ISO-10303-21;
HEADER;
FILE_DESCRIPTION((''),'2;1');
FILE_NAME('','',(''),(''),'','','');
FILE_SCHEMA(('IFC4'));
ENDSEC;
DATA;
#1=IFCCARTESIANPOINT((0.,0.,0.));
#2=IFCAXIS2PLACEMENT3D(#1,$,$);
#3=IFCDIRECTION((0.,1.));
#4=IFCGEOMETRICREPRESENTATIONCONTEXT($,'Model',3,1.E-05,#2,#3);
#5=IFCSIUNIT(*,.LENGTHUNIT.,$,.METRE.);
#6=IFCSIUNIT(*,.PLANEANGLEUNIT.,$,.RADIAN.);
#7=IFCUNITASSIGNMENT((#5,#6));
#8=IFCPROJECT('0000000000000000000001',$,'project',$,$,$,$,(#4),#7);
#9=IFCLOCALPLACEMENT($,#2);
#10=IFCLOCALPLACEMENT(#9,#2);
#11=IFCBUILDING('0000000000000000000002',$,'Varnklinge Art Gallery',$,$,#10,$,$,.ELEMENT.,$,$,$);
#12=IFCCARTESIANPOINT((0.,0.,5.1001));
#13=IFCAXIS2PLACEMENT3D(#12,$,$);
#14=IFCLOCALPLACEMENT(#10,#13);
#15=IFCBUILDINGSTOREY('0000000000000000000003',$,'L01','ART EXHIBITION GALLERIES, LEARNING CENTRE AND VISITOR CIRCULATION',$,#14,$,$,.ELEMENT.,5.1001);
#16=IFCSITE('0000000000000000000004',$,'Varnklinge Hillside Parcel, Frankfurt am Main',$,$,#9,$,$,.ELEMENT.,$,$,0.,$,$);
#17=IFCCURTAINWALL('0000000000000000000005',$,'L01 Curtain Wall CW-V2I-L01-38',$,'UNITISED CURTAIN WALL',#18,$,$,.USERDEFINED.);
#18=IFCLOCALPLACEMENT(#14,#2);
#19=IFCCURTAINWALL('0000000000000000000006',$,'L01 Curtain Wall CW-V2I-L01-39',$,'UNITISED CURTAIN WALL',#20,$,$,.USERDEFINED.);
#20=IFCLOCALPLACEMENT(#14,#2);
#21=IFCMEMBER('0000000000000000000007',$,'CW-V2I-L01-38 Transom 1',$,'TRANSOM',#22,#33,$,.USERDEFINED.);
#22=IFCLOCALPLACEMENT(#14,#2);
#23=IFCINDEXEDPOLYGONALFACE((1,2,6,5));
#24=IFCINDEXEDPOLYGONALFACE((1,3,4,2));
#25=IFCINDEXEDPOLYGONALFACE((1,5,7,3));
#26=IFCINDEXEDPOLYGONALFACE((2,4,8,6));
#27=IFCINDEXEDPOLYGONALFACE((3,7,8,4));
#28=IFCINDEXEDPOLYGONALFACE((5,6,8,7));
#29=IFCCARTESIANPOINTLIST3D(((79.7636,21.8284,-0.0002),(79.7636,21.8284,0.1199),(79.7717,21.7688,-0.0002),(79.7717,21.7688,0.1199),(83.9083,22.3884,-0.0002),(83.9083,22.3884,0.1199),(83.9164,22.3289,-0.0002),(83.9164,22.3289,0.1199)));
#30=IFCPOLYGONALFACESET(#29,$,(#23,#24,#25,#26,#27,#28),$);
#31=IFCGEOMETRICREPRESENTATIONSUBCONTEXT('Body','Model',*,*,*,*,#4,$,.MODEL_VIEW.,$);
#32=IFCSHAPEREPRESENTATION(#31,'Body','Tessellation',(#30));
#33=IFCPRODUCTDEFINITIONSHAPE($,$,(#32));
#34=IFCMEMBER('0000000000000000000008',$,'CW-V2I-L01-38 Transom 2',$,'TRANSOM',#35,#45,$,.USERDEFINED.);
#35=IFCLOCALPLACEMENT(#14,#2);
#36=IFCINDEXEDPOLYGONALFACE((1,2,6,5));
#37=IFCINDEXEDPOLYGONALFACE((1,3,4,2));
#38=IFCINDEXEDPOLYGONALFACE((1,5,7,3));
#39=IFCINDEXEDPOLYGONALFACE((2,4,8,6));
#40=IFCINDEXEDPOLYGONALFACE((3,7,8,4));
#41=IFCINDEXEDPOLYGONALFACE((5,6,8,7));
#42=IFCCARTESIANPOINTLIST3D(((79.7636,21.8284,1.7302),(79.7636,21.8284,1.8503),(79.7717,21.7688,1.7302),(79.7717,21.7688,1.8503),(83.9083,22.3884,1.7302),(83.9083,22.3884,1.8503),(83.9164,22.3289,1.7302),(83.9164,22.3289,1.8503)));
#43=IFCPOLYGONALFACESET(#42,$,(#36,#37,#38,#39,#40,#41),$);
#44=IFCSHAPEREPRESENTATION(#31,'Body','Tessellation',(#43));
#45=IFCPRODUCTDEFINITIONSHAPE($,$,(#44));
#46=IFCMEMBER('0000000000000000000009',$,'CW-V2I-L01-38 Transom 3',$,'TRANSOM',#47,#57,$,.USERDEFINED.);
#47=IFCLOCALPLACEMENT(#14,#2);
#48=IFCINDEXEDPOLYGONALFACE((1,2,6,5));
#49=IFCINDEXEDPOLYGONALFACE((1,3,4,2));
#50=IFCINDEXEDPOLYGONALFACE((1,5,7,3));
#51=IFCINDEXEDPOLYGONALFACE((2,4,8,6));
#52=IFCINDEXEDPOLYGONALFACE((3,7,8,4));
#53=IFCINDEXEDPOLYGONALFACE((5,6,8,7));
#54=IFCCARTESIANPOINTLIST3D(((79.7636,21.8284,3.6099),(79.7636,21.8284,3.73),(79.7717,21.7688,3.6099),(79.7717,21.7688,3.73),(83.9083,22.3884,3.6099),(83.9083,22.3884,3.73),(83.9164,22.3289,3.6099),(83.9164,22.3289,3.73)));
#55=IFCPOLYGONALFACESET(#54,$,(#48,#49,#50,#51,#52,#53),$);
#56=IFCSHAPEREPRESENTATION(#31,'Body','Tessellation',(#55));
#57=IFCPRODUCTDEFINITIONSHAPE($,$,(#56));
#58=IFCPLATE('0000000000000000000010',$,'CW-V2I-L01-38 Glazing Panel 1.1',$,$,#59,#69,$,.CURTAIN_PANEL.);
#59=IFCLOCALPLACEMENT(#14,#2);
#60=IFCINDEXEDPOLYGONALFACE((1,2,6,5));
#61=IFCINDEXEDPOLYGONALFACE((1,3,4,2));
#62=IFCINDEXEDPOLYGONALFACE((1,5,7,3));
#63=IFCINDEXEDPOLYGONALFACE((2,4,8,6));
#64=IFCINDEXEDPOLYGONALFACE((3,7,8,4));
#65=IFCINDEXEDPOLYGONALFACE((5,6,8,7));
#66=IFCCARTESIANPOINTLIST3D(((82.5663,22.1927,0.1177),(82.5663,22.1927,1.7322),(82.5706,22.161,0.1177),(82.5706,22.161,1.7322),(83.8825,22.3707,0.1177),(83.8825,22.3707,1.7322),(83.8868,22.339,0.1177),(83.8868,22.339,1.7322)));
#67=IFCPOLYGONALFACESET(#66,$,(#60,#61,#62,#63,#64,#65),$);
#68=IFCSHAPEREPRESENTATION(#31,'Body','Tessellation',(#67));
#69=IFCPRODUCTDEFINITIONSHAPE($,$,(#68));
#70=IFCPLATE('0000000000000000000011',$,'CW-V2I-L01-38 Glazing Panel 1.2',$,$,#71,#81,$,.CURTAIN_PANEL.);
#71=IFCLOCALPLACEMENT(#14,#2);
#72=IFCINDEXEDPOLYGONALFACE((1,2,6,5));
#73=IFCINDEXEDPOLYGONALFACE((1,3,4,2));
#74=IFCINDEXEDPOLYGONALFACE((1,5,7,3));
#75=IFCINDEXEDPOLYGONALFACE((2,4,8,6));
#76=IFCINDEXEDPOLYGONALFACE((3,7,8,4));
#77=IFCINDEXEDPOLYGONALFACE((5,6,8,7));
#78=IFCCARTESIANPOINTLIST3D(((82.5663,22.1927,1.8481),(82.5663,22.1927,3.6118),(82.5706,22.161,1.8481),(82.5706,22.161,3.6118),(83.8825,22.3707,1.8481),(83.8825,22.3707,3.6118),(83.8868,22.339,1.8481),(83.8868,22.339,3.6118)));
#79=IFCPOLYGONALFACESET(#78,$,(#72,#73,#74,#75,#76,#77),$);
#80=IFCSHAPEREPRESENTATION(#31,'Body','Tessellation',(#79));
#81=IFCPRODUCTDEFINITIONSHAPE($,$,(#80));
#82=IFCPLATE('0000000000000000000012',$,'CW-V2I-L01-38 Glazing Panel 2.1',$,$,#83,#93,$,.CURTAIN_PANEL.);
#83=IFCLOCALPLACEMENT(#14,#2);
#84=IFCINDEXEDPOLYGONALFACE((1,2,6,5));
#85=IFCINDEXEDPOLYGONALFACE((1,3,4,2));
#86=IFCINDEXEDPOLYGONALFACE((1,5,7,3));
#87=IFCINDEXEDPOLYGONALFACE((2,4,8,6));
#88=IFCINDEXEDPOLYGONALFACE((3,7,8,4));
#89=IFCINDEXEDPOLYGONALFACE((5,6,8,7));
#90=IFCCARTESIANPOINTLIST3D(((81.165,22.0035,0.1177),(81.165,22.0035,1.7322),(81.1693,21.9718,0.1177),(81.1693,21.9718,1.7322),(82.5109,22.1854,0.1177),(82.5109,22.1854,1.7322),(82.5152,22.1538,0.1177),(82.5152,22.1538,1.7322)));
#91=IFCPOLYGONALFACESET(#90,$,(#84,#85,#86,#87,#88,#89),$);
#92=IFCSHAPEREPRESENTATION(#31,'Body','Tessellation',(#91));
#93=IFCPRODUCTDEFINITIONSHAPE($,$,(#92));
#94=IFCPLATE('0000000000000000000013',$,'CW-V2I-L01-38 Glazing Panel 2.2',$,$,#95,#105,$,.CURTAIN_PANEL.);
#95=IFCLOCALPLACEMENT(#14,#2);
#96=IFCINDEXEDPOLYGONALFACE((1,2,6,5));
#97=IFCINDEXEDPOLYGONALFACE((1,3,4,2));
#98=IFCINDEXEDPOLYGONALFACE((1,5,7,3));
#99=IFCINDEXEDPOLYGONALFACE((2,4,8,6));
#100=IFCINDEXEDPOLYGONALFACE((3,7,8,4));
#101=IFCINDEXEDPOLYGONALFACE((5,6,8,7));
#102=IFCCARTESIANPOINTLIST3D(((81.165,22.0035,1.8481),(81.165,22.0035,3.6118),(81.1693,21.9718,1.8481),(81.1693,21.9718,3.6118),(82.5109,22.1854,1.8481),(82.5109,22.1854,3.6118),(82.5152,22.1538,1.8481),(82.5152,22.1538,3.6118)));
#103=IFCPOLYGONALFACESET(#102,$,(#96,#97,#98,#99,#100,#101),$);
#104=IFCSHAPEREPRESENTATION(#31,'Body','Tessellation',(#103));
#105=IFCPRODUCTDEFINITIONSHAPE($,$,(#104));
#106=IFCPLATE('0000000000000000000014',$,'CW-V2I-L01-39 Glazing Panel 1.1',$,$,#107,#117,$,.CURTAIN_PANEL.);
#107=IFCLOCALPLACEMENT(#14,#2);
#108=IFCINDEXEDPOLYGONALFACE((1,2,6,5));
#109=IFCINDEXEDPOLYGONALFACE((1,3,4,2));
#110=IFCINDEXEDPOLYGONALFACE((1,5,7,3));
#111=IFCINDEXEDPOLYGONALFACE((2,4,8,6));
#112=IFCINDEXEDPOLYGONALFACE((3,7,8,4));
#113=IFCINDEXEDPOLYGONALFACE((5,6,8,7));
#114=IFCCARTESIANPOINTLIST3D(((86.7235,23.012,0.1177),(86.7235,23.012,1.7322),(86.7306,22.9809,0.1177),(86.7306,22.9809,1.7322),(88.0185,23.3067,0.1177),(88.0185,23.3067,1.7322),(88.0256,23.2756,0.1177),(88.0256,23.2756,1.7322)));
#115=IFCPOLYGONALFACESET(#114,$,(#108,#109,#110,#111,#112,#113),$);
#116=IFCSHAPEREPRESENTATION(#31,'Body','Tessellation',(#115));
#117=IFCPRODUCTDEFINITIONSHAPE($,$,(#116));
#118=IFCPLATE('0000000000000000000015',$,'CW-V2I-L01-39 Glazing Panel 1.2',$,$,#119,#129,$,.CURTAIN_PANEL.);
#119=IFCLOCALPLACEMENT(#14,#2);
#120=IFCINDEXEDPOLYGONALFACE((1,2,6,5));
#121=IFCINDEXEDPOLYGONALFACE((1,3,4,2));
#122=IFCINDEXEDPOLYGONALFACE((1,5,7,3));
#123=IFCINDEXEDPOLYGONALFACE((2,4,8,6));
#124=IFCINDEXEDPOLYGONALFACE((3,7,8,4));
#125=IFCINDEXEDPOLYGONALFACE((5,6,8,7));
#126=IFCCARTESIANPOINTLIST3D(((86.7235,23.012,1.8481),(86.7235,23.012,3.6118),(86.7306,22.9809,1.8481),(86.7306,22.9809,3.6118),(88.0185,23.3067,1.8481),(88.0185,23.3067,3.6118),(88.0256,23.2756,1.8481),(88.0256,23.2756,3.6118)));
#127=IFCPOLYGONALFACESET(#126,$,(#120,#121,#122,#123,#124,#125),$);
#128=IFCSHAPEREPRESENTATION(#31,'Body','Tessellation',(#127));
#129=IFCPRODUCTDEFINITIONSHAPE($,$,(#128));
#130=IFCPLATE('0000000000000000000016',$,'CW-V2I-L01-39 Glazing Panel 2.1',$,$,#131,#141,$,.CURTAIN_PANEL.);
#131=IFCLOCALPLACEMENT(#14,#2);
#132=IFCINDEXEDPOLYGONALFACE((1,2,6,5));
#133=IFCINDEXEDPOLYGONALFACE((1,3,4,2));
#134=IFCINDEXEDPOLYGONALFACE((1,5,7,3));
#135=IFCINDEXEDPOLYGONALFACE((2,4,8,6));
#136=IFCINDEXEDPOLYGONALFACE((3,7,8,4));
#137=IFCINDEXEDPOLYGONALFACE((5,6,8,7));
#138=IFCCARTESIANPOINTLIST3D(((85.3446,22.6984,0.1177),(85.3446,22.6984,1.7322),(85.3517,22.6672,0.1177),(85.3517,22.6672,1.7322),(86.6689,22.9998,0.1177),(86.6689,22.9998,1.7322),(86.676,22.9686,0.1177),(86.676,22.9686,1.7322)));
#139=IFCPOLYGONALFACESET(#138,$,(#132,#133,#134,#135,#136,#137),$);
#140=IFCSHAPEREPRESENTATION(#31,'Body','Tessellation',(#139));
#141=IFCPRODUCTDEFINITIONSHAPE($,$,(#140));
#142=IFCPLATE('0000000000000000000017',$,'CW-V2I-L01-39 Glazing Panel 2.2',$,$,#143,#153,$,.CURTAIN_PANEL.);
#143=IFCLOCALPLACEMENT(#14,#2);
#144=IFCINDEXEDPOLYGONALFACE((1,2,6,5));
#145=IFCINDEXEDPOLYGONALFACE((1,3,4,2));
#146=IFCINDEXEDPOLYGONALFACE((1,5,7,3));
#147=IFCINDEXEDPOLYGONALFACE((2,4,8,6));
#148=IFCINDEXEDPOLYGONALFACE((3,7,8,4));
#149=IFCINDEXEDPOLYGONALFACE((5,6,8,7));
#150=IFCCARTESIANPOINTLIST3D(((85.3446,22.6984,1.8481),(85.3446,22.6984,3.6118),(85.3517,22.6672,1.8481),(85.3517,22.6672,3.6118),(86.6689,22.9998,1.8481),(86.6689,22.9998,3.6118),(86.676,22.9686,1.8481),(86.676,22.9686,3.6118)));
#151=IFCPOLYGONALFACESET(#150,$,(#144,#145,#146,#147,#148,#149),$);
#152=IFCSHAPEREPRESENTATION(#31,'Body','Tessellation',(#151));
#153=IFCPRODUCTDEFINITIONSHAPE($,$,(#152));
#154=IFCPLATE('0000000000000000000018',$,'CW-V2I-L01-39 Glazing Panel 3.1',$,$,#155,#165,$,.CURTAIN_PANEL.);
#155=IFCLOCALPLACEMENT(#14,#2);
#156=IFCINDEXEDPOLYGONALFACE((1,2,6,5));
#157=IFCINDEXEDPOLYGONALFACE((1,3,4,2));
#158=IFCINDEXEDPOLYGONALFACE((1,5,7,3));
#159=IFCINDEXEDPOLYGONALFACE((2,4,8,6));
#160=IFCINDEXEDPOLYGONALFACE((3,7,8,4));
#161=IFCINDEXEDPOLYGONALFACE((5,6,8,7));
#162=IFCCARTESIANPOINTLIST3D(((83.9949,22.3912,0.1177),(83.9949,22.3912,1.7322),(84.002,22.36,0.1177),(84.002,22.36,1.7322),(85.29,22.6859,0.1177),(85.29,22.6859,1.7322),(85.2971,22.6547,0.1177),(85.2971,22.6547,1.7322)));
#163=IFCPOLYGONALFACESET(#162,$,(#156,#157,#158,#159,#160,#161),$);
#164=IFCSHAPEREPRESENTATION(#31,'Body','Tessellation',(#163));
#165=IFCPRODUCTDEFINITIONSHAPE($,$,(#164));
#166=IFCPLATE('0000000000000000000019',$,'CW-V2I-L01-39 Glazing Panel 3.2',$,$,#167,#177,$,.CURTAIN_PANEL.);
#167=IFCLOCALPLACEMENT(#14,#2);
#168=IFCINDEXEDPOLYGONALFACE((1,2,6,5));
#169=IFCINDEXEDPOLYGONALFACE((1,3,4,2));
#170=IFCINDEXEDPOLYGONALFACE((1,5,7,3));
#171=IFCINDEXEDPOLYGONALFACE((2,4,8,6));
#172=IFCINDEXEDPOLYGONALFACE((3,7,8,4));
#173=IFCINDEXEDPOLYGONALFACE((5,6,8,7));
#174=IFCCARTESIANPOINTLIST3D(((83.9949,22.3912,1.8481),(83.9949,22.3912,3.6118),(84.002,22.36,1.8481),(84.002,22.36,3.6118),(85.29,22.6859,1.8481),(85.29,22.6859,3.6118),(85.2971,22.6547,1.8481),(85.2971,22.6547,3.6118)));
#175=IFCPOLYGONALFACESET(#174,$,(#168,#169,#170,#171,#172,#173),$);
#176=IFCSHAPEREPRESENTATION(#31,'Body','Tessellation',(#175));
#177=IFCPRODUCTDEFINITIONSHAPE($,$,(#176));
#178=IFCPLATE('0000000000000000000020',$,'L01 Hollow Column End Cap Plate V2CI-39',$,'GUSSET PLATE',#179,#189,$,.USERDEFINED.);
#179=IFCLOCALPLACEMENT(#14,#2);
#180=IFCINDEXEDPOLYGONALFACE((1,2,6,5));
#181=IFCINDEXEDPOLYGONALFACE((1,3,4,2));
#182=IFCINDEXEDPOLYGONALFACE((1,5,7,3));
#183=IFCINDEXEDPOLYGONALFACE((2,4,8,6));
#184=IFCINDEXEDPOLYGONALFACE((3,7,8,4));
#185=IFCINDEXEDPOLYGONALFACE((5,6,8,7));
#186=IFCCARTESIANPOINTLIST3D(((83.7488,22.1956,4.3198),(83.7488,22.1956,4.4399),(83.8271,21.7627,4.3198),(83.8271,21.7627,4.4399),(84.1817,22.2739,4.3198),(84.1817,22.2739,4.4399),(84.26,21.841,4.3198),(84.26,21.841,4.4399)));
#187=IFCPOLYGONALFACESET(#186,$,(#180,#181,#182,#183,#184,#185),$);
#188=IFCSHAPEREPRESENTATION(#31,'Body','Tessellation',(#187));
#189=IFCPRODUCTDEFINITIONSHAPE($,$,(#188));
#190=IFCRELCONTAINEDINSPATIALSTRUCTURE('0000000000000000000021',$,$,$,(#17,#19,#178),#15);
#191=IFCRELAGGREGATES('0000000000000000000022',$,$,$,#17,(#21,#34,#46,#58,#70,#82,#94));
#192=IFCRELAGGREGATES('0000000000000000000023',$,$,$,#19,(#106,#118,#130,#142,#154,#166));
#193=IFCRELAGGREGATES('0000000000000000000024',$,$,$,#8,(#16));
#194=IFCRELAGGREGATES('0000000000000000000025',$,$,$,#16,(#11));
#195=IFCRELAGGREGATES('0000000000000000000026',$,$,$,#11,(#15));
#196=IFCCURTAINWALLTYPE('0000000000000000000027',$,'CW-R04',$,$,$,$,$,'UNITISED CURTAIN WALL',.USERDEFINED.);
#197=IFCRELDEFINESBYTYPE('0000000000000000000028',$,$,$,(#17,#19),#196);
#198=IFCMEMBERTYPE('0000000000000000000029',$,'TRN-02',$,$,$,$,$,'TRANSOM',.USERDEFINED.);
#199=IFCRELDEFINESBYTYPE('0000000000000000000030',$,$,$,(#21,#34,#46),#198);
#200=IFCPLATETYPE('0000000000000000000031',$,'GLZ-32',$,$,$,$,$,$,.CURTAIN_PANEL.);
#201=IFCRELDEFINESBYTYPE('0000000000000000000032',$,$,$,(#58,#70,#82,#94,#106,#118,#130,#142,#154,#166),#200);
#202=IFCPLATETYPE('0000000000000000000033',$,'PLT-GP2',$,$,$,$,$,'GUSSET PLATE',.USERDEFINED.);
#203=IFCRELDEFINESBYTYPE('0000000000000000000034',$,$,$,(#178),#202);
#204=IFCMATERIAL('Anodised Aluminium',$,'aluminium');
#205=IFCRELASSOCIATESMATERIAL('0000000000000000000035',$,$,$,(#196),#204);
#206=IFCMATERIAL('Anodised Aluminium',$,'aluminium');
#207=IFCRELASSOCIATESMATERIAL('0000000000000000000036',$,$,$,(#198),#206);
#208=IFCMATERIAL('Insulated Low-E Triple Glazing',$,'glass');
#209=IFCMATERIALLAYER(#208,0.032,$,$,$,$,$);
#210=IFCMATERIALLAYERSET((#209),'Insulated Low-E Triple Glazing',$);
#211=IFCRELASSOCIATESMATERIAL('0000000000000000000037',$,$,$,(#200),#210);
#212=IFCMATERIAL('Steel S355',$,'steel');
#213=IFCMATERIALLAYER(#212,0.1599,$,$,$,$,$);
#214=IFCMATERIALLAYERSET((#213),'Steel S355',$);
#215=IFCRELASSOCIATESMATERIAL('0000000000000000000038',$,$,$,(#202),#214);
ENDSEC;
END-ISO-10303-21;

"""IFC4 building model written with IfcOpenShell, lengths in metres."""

from ifc_helpers import new_model, si_unit, direction, frame, origin, origin_2d, place, context, subcontext, project, spatial, rectangle, extrude, material, layer, layer_set, material_profile, profile_set, type_object, element, aggregate, save


model = new_model("IFC4")

# Units and contexts
model_context = context("Model", 3, precision=1e-05, world=origin(), true_north=direction((0.0, 1.0)))
body_context = subcontext(model_context, "Body", "Model", "MODEL_VIEW")
ifc_project = project(units=[si_unit("LENGTHUNIT", "METRE"), si_unit("PLANEANGLEUNIT", "RADIAN")], contexts=[model_context])

# Site, building, storey
site_placement = place(None, origin())
site = spatial("IfcSite", under=ifc_project, at=site_placement, Name="Varnklinge Hillside Parcel, Frankfurt am Main", CompositionType="ELEMENT", RefElevation=0.0)
building_placement = place(site_placement, origin())
building = spatial("IfcBuilding", under=site, at=building_placement, Name="Varnklinge Art Gallery", CompositionType="ELEMENT")
storey_placement = place(building_placement, frame((0.0, 0.0, 5.1001)))
storey = spatial("IfcBuildingStorey", under=building, at=storey_placement, Name="L01", Description="ART EXHIBITION GALLERIES, LEARNING CENTRE AND VISITOR CIRCULATION", CompositionType="ELEMENT", Elevation=5.1001)

# Curtain walls
ifc_material_1 = material(Name="Anodised Aluminium", Category="aluminium")
curtain_wall_type = type_object("IfcCurtainWallType", Name="CW-R04", ElementType="UNITISED CURTAIN WALL", PredefinedType="USERDEFINED", material=ifc_material_1)
curtain_wall_1_placement = place(storey_placement, origin())
curtain_wall_1 = element("IfcCurtainWall", 1, at=curtain_wall_1_placement, inside=storey, type_object=curtain_wall_type, Name="L01 Curtain Wall CW-V2I-L01-38", ObjectType="UNITISED CURTAIN WALL", PredefinedType="USERDEFINED")
curtain_wall_2_placement = place(storey_placement, origin())
curtain_wall_2 = element("IfcCurtainWall", 2, at=curtain_wall_2_placement, inside=storey, type_object=curtain_wall_type, Name="L01 Curtain Wall CW-V2I-L01-39", ObjectType="UNITISED CURTAIN WALL", PredefinedType="USERDEFINED")

# Members
ifc_material_2 = material(Name="Anodised Aluminium", Category="aluminium")
ifc_material_profile_1 = material_profile(ifc_material_2, rectangle(XDim=0.0601, YDim=0.1201, at=origin_2d()), Name="ALU 60x120")
ifc_profile_set_1 = profile_set([ifc_material_profile_1], Name="Anodised Aluminium")
member_type_1 = type_object("IfcMemberType", Name="TRN-02", ElementType="TRANSOM", PredefinedType="USERDEFINED", material=ifc_profile_set_1)
member_1_placement = place(storey_placement, frame((83.9124, 22.3586, 0.0598), z_axis=(-0.990994, -0.133907, 0.0), x_axis=(0.133907, -0.990994, 0.0)))
member_1 = element("IfcMember", 3, at=member_1_placement, type_object=member_type_1, Name="CW-V2I-L01-38 Transom 1", ObjectType="TRANSOM", PredefinedType="USERDEFINED", context=body_context, shape_type="SweptSolid", body=[
    extrude(rectangle(XDim=0.0601, YDim=0.1201, at=origin_2d()), origin(), (0.0, 0.0, 1.0), 4.1824),
])
member_2_placement = place(storey_placement, frame((83.9124, 22.3586, 1.7903), z_axis=(-0.990994, -0.133907, 0.0), x_axis=(0.133907, -0.990994, 0.0)))
member_2 = element("IfcMember", 4, at=member_2_placement, type_object=member_type_1, Name="CW-V2I-L01-38 Transom 2", ObjectType="TRANSOM", PredefinedType="USERDEFINED", context=body_context, shape_type="SweptSolid", body=[
    extrude(rectangle(XDim=0.0601, YDim=0.1201, at=origin_2d()), origin(), (0.0, 0.0, 1.0), 4.1824),
])
member_3_placement = place(storey_placement, frame((83.9124, 22.3586, 3.6699), z_axis=(-0.990994, -0.133907, 0.0), x_axis=(0.133907, -0.990994, 0.0)))
member_3 = element("IfcMember", 5, at=member_3_placement, type_object=member_type_1, Name="CW-V2I-L01-38 Transom 3", ObjectType="TRANSOM", PredefinedType="USERDEFINED", context=body_context, shape_type="SweptSolid", body=[
    extrude(rectangle(XDim=0.0601, YDim=0.1201, at=origin_2d()), origin(), (0.0, 0.0, 1.0), 4.1824),
])

# Plates
ifc_material_3 = material(Name="Insulated Low-E Triple Glazing", Category="glass")
ifc_layer_1 = layer(ifc_material_3, 0.032)
ifc_layer_set_1 = layer_set([ifc_layer_1], Name="Insulated Low-E Triple Glazing")
plate_type_1 = type_object("IfcPlateType", Name="GLZ-32", PredefinedType="CURTAIN_PANEL", material=ifc_layer_set_1)
plate_1_placement = place(storey_placement, frame((83.2266, 22.2659, 0.1177), z_axis=(0.0, 0.0, 1.0), x_axis=(-0.990983, -0.133986, 0.0)))
plate_1 = element("IfcPlate", 6, at=plate_1_placement, type_object=plate_type_1, Name="CW-V2I-L01-38 Glazing Panel 1.1", PredefinedType="CURTAIN_PANEL", context=body_context, shape_type="SweptSolid", body=[
    extrude(rectangle(XDim=1.3281, YDim=0.032, at=origin_2d()), origin(), (0.0, 0.0, 1.0), 1.6145),
])
plate_2_placement = place(storey_placement, frame((83.2266, 22.2659, 1.8481), z_axis=(0.0, 0.0, 1.0), x_axis=(-0.990983, -0.133986, 0.0)))
plate_2 = element("IfcPlate", 7, at=plate_2_placement, type_object=plate_type_1, Name="CW-V2I-L01-38 Glazing Panel 1.2", PredefinedType="CURTAIN_PANEL", context=body_context, shape_type="SweptSolid", body=[
    extrude(rectangle(XDim=1.3281, YDim=0.032, at=origin_2d()), origin(), (0.0, 0.0, 1.0), 1.7637),
])
plate_3_placement = place(storey_placement, frame((81.8401, 22.0786, 0.1177), z_axis=(0.0, 0.0, 1.0), x_axis=(-0.990983, -0.133986, 0.0)))
plate_3 = element("IfcPlate", 8, at=plate_3_placement, type_object=plate_type_1, Name="CW-V2I-L01-38 Glazing Panel 2.1", PredefinedType="CURTAIN_PANEL", context=body_context, shape_type="SweptSolid", body=[
    extrude(rectangle(XDim=1.3582, YDim=0.032, at=origin_2d()), origin(), (0.0, 0.0, 1.0), 1.6145),
])
plate_4_placement = place(storey_placement, frame((81.8401, 22.0786, 1.8481), z_axis=(0.0, 0.0, 1.0), x_axis=(-0.990983, -0.133986, 0.0)))
plate_4 = element("IfcPlate", 9, at=plate_4_placement, type_object=plate_type_1, Name="CW-V2I-L01-38 Glazing Panel 2.2", PredefinedType="CURTAIN_PANEL", context=body_context, shape_type="SweptSolid", body=[
    extrude(rectangle(XDim=1.3582, YDim=0.032, at=origin_2d()), origin(), (0.0, 0.0, 1.0), 1.7637),
])
aggregate(curtain_wall_1, [member_1, member_2, member_3, plate_1, plate_2, plate_3, plate_4])
plate_5_placement = place(storey_placement, frame((87.3745, 23.1438, 0.1177), z_axis=(0.0, 0.0, 1.0), x_axis=(-0.975072, -0.221889, 0.0)))
plate_5 = element("IfcPlate", 10, at=plate_5_placement, type_object=plate_type_1, Name="CW-V2I-L01-39 Glazing Panel 1.1", PredefinedType="CURTAIN_PANEL", context=body_context, shape_type="SweptSolid", body=[
    extrude(rectangle(XDim=1.3281, YDim=0.032, at=origin_2d()), origin(), (0.0, 0.0, 1.0), 1.6145),
])
plate_6_placement = place(storey_placement, frame((87.3745, 23.1438, 1.8481), z_axis=(0.0, 0.0, 1.0), x_axis=(-0.975072, -0.221889, 0.0)))
plate_6 = element("IfcPlate", 11, at=plate_6_placement, type_object=plate_type_1, Name="CW-V2I-L01-39 Glazing Panel 1.2", PredefinedType="CURTAIN_PANEL", context=body_context, shape_type="SweptSolid", body=[
    extrude(rectangle(XDim=1.3281, YDim=0.032, at=origin_2d()), origin(), (0.0, 0.0, 1.0), 1.7637),
])
plate_7_placement = place(storey_placement, frame((86.0103, 22.8335, 0.1177), z_axis=(0.0, 0.0, 1.0), x_axis=(-0.975072, -0.221889, 0.0)))
plate_7 = element("IfcPlate", 12, at=plate_7_placement, type_object=plate_type_1, Name="CW-V2I-L01-39 Glazing Panel 2.1", PredefinedType="CURTAIN_PANEL", context=body_context, shape_type="SweptSolid", body=[
    extrude(rectangle(XDim=1.3582, YDim=0.032, at=origin_2d()), origin(), (0.0, 0.0, 1.0), 1.6145),
])
plate_8_placement = place(storey_placement, frame((86.0103, 22.8335, 1.8481), z_axis=(0.0, 0.0, 1.0), x_axis=(-0.975072, -0.221889, 0.0)))
plate_8 = element("IfcPlate", 13, at=plate_8_placement, type_object=plate_type_1, Name="CW-V2I-L01-39 Glazing Panel 2.2", PredefinedType="CURTAIN_PANEL", context=body_context, shape_type="SweptSolid", body=[
    extrude(rectangle(XDim=1.3582, YDim=0.032, at=origin_2d()), origin(), (0.0, 0.0, 1.0), 1.7637),
])
plate_9_placement = place(storey_placement, frame((84.646, 22.5229, 0.1177), z_axis=(0.0, 0.0, 1.0), x_axis=(-0.975072, -0.221889, 0.0)))
plate_9 = element("IfcPlate", 14, at=plate_9_placement, type_object=plate_type_1, Name="CW-V2I-L01-39 Glazing Panel 3.1", PredefinedType="CURTAIN_PANEL", context=body_context, shape_type="SweptSolid", body=[
    extrude(rectangle(XDim=1.3281, YDim=0.032, at=origin_2d()), origin(), (0.0, 0.0, 1.0), 1.6145),
])
plate_10_placement = place(storey_placement, frame((84.646, 22.5229, 1.8481), z_axis=(0.0, 0.0, 1.0), x_axis=(-0.975072, -0.221889, 0.0)))
plate_10 = element("IfcPlate", 15, at=plate_10_placement, type_object=plate_type_1, Name="CW-V2I-L01-39 Glazing Panel 3.2", PredefinedType="CURTAIN_PANEL", context=body_context, shape_type="SweptSolid", body=[
    extrude(rectangle(XDim=1.3281, YDim=0.032, at=origin_2d()), origin(), (0.0, 0.0, 1.0), 1.7637),
])
aggregate(curtain_wall_2, [plate_5, plate_6, plate_7, plate_8, plate_9, plate_10])
ifc_material_4 = material(Name="Steel S355", Category="steel")
ifc_layer_2 = layer(ifc_material_4, 0.1599)
ifc_layer_set_2 = layer_set([ifc_layer_2], Name="Steel S355")
plate_type_2 = type_object("IfcPlateType", Name="PLT-GP2", ElementType="GUSSET PLATE", PredefinedType="USERDEFINED", material=ifc_layer_set_2)
plate_11_placement = place(storey_placement, frame((84.0044, 22.0183, 4.3198), z_axis=(0.0, 0.0, 1.0), x_axis=(-0.178115, 0.98401, 0.0)))
element("IfcPlate", 16, at=plate_11_placement, inside=storey, type_object=plate_type_2, Name="L01 Hollow Column End Cap Plate V2CI-39", ObjectType="GUSSET PLATE", PredefinedType="USERDEFINED", context=body_context, shape_type="SweptSolid", body=[
    extrude(rectangle(XDim=0.4399, YDim=0.4399, at=origin_2d()), origin(), (0.0, 0.0, 1.0), 0.1201),
])

save(model, "model.ifc")
